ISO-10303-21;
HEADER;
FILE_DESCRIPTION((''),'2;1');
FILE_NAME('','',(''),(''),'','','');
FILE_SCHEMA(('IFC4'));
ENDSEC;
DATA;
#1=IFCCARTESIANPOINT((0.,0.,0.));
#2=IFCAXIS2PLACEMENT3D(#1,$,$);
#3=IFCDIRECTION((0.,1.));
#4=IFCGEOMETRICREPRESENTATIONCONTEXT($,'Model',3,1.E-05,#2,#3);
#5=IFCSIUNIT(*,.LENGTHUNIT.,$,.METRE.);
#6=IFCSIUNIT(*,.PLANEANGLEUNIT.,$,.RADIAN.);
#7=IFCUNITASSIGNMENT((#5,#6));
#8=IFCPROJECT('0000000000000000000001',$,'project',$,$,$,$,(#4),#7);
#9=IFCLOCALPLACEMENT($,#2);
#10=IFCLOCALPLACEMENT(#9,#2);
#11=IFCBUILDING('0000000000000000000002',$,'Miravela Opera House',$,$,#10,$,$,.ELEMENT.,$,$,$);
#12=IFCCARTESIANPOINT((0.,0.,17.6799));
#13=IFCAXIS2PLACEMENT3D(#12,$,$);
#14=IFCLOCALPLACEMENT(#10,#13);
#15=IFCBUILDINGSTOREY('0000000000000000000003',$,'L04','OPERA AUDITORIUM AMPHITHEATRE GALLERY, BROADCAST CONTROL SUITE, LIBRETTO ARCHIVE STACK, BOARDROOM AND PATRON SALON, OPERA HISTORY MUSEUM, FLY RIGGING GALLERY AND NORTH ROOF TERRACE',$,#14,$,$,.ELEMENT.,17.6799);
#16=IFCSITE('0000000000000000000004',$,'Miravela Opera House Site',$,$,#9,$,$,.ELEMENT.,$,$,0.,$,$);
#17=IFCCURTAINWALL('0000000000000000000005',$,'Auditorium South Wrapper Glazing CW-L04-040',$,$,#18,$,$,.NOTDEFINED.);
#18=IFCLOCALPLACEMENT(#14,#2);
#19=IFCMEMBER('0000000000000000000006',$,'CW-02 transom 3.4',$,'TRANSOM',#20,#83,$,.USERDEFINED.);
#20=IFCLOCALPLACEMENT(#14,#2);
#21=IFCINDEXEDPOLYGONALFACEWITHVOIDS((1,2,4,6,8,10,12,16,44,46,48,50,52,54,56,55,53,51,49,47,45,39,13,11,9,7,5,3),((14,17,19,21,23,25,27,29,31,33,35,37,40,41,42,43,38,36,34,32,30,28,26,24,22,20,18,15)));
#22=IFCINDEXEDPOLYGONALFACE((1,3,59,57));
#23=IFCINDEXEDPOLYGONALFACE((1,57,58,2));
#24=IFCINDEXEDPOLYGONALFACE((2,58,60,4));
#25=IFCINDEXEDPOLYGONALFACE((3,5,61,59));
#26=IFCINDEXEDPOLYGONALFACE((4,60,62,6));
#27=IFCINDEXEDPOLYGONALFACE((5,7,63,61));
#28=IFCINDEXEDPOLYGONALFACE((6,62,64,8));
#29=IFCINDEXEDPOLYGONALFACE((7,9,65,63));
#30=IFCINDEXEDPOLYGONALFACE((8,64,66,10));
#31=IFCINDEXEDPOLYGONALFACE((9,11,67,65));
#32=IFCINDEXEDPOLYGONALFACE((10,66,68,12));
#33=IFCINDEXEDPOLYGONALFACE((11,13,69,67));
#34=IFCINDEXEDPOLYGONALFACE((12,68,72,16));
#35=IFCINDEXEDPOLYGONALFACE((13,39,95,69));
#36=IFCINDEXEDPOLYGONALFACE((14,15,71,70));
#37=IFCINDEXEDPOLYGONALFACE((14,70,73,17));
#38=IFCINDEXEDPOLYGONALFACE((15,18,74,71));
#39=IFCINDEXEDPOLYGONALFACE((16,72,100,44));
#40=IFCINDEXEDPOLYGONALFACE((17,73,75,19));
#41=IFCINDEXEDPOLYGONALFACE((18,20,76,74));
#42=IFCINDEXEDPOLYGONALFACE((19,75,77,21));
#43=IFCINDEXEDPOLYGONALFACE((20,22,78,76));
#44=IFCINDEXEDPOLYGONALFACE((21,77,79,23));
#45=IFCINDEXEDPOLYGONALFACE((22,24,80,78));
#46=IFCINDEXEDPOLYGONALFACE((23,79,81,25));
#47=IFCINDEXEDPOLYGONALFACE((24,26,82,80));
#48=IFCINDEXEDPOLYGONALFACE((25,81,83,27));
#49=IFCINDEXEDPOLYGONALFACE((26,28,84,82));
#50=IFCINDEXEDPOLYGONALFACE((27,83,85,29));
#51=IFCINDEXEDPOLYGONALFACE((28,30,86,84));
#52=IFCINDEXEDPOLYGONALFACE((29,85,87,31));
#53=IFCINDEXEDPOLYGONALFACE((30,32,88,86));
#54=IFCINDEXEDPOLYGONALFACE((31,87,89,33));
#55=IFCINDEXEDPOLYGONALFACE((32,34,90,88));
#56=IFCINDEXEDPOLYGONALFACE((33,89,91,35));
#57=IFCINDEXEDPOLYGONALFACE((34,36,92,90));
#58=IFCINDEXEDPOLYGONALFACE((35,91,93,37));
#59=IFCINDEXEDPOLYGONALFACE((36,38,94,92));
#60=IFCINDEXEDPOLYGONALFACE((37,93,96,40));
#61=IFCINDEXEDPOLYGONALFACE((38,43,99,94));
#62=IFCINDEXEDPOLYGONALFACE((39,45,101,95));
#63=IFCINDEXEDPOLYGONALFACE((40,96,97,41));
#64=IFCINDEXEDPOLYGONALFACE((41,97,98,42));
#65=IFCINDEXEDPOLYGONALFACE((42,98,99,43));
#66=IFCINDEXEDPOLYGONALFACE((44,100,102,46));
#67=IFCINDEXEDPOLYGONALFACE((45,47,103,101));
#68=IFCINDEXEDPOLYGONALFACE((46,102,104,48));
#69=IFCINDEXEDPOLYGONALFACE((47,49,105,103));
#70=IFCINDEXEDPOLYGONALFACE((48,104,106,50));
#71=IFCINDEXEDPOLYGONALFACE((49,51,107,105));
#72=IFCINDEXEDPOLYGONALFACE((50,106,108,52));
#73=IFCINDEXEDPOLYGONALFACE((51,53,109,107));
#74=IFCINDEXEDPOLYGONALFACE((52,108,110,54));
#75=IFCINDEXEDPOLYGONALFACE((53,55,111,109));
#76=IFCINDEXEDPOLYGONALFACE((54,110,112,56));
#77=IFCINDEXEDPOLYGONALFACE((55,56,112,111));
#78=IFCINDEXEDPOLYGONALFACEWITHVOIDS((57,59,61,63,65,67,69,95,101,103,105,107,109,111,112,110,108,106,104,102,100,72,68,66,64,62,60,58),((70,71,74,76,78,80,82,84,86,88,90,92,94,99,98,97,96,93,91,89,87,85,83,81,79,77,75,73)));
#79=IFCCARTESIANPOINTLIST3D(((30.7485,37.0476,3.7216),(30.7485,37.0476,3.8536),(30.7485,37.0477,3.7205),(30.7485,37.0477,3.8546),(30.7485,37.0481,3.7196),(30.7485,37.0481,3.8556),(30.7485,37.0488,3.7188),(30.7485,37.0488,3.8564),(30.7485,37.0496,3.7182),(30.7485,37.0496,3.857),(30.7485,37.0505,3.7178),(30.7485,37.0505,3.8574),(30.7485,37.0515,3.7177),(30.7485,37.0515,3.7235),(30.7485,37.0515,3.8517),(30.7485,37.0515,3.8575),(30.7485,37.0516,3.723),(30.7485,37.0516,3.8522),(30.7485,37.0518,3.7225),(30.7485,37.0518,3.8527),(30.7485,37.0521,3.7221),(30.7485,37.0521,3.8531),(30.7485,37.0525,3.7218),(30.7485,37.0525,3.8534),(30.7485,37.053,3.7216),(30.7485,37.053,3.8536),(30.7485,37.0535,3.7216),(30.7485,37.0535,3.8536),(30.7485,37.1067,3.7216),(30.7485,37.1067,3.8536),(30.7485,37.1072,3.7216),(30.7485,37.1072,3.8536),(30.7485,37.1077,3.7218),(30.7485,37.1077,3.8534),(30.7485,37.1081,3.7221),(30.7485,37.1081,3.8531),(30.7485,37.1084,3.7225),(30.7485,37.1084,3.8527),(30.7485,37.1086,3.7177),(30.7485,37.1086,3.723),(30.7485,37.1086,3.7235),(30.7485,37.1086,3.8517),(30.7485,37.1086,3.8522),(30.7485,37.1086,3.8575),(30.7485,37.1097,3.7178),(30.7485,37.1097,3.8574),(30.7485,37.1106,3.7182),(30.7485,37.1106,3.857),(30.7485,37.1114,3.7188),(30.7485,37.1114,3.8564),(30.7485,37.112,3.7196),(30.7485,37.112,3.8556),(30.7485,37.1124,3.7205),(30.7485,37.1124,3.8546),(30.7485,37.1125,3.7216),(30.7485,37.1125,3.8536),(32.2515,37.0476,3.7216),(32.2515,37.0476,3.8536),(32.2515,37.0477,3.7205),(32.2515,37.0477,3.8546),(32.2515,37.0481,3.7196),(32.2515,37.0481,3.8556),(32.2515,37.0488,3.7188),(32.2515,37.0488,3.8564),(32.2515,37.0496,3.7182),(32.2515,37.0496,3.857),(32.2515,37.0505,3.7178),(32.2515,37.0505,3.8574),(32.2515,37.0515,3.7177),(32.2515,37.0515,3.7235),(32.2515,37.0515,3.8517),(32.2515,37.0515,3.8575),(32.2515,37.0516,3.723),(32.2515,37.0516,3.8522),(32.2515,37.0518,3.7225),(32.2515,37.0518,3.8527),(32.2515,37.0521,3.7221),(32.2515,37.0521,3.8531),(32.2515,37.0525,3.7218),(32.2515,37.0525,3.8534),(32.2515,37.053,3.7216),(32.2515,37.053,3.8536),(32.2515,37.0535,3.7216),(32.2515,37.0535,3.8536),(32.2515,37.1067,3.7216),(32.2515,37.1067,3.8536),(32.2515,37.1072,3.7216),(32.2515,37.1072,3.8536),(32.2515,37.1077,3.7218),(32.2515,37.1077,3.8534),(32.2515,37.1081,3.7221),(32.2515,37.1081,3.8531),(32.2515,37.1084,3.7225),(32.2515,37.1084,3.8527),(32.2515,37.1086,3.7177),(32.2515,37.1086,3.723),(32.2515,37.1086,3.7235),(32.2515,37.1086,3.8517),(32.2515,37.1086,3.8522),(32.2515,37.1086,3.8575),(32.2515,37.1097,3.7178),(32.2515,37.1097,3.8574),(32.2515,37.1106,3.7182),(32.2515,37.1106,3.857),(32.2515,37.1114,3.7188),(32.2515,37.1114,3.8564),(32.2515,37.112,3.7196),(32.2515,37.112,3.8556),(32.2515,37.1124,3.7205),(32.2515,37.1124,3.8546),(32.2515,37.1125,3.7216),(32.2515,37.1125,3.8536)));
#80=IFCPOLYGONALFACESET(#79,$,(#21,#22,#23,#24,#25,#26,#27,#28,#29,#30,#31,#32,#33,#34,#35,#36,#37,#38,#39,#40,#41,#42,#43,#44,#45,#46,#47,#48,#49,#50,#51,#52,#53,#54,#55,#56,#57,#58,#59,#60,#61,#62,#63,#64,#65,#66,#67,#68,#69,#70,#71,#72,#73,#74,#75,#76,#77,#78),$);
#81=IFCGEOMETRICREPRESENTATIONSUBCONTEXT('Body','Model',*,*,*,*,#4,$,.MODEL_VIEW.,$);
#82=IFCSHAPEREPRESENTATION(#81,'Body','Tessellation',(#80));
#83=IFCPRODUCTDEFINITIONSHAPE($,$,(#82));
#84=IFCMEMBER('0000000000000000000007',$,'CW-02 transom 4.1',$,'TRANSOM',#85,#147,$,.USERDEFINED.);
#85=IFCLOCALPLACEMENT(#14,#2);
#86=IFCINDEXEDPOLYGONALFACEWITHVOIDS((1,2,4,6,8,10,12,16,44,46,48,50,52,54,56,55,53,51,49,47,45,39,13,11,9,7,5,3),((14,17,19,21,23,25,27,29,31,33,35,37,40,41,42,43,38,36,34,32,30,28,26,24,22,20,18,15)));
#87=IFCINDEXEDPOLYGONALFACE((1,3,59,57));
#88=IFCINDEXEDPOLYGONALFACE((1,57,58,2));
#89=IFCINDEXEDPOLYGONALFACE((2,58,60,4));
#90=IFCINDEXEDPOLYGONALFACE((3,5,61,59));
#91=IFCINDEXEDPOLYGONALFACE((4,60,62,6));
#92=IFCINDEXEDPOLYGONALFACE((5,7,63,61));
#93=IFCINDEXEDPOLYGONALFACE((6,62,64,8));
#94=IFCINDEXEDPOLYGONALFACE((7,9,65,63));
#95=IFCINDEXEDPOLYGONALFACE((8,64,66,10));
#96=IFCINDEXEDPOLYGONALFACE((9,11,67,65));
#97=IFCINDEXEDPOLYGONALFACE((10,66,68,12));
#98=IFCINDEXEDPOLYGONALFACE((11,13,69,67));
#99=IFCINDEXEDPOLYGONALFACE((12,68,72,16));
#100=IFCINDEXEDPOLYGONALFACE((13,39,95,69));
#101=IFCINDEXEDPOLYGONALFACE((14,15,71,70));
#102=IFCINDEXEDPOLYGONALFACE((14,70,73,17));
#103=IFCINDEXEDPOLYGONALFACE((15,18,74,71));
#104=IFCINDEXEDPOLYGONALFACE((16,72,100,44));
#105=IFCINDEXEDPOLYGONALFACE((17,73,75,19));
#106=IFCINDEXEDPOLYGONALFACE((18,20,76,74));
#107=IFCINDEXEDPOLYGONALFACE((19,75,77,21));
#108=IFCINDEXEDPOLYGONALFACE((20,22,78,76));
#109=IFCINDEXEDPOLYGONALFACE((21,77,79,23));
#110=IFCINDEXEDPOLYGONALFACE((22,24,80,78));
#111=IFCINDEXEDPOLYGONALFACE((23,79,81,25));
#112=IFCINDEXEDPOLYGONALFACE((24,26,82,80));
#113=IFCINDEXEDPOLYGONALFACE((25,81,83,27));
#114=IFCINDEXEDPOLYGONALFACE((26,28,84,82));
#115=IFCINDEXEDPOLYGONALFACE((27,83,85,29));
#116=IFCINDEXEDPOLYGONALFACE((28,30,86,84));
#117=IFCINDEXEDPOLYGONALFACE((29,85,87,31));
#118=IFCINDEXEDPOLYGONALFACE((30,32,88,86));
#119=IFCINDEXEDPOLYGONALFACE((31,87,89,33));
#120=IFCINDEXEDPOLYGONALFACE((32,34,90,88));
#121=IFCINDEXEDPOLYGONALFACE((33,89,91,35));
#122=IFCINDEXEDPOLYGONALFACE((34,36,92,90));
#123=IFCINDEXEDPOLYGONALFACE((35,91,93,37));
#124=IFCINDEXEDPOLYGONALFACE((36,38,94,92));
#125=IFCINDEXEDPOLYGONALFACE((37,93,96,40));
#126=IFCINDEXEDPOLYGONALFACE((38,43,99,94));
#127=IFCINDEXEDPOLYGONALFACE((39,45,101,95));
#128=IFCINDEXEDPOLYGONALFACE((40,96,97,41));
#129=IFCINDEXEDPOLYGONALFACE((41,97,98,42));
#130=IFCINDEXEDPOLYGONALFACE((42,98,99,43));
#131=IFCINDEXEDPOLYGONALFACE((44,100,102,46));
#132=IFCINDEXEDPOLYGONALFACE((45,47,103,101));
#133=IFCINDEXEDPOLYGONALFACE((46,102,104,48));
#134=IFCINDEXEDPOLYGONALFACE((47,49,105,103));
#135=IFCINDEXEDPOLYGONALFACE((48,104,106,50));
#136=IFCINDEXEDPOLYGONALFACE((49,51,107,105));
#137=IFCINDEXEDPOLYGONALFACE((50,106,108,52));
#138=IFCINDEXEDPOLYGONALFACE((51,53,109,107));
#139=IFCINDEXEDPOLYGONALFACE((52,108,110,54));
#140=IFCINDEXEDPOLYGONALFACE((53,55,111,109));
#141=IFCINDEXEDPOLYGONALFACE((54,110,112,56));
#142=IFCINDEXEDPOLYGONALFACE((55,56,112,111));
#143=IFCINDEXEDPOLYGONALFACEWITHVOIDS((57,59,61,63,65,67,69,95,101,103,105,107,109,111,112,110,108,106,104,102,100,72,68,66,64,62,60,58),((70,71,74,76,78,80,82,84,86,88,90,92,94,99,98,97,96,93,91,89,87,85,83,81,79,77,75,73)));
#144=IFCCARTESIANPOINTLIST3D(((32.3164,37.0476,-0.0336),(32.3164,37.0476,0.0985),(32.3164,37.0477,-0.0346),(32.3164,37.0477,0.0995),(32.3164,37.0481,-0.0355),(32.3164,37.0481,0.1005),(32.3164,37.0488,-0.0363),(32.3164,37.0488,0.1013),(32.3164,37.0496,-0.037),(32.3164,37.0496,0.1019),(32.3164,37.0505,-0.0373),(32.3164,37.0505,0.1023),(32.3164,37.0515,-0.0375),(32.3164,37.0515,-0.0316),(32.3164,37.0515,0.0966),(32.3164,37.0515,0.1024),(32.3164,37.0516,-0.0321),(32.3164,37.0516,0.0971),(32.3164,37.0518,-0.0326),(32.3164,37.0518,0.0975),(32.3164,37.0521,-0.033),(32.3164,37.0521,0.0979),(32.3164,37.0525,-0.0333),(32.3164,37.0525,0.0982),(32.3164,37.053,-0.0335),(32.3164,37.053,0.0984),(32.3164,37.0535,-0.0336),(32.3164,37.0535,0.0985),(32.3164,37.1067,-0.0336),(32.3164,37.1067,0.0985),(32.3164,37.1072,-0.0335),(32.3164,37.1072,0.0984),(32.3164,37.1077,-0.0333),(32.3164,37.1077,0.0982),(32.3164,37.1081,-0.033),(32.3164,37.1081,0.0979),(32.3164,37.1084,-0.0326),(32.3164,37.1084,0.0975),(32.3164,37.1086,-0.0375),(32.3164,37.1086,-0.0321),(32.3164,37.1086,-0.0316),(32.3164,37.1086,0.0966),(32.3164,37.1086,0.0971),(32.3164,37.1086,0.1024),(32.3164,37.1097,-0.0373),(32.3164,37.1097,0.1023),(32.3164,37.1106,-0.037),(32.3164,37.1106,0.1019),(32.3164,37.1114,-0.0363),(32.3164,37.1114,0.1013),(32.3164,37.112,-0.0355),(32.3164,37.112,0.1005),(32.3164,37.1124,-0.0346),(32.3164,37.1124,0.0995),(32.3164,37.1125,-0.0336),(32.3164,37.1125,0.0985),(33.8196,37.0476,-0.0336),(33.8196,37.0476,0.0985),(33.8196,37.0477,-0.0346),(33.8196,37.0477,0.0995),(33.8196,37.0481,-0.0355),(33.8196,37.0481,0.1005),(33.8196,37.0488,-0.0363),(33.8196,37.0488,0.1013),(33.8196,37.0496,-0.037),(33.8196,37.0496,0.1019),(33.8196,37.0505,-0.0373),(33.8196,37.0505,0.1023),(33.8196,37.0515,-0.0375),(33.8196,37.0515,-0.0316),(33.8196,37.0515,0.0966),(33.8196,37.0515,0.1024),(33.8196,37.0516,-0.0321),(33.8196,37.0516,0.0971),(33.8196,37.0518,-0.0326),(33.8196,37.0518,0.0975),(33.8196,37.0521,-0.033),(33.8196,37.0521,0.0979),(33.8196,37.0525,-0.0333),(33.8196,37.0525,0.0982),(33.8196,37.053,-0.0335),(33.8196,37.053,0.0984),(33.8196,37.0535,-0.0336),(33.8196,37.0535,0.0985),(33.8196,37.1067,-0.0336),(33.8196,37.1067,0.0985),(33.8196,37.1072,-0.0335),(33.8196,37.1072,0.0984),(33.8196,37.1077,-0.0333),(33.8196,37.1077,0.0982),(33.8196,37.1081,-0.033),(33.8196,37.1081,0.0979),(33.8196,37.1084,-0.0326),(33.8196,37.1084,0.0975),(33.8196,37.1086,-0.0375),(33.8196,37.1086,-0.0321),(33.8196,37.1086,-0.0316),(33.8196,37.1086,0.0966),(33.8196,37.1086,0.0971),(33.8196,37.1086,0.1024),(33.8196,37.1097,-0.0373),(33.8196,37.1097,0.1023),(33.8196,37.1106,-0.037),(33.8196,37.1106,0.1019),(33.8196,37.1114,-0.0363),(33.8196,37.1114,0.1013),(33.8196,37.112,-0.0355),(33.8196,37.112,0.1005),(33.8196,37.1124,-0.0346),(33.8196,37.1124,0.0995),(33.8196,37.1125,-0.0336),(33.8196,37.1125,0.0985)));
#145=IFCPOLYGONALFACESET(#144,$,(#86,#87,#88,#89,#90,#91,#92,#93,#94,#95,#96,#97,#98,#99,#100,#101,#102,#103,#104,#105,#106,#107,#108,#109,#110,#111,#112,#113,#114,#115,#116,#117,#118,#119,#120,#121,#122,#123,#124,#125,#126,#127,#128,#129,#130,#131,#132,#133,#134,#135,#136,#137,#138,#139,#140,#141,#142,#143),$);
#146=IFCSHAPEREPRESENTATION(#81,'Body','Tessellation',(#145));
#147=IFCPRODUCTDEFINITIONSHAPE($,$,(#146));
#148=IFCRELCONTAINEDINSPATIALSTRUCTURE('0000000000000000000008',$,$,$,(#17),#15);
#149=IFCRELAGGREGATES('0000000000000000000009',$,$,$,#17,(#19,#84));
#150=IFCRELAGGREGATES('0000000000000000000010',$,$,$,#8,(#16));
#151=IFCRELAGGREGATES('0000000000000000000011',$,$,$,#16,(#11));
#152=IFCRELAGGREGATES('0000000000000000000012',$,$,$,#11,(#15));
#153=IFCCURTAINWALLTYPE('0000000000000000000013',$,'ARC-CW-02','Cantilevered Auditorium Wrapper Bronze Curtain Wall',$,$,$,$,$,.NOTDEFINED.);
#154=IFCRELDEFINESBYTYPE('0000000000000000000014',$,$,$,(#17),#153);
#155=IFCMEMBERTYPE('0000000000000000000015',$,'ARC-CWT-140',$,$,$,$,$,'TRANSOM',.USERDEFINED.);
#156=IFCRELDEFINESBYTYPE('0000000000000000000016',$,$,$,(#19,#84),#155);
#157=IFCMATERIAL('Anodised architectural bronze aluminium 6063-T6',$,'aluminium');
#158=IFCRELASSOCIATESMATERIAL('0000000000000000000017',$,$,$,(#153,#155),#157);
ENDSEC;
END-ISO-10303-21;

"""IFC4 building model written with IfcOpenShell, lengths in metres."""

from ifc_helpers import new_model, si_unit, direction, frame, origin, origin_2d, place, context, subcontext, project, spatial, hollow_rectangle, extrude, material, material_profile, profile_set, type_object, element, aggregate, save


model = new_model("IFC4")

# Units and contexts
model_context = context("Model", 3, precision=1e-05, world=origin(), true_north=direction((0.0, 1.0)))
body_context = subcontext(model_context, "Body", "Model", "MODEL_VIEW")
ifc_project = project(units=[si_unit("LENGTHUNIT", "METRE"), si_unit("PLANEANGLEUNIT", "RADIAN")], contexts=[model_context])

# Site, building, storey
site_placement = place(None, origin())
site = spatial("IfcSite", under=ifc_project, at=site_placement, Name="Miravela Opera House Site", CompositionType="ELEMENT", RefElevation=0.0)
building_placement = place(site_placement, origin())
building = spatial("IfcBuilding", under=site, at=building_placement, Name="Miravela Opera House", CompositionType="ELEMENT")
storey_placement = place(building_placement, frame((0.0, 0.0, 17.6799)))
storey = spatial("IfcBuildingStorey", under=building, at=storey_placement, Name="L04", Description="OPERA AUDITORIUM AMPHITHEATRE GALLERY, BROADCAST CONTROL SUITE, LIBRETTO ARCHIVE STACK, BOARDROOM AND PATRON SALON, OPERA HISTORY MUSEUM, FLY RIGGING GALLERY AND NORTH ROOF TERRACE", CompositionType="ELEMENT", Elevation=17.6799)

# Curtain wall, members
ifc_material_1 = material(Name="Anodised architectural bronze aluminium 6063-T6", Category="aluminium")
curtain_wall_type = type_object("IfcCurtainWallType", Name="ARC-CW-02", Description="Cantilevered Auditorium Wrapper Bronze Curtain Wall", PredefinedType="NOTDEFINED", material=ifc_material_1)
curtain_wall_placement = place(storey_placement, origin())
curtain_wall = element("IfcCurtainWall", 1, at=curtain_wall_placement, inside=storey, type_object=curtain_wall_type, Name="Auditorium South Wrapper Glazing CW-L04-040", PredefinedType="NOTDEFINED")
ifc_material_profile_1 = material_profile(ifc_material_1, hollow_rectangle(XDim=0.0649, YDim=0.1399, WallThickness=0.0039, InnerFilletRadius=0.002, OuterFilletRadius=0.0039, at=origin_2d()), Name="CWT-65X140")
ifc_profile_set_1 = profile_set([ifc_material_profile_1])
member_type_1 = type_object("IfcMemberType", Name="ARC-CWT-140", ElementType="TRANSOM", PredefinedType="USERDEFINED", material=ifc_profile_set_1)
member_1_placement = place(storey_placement, frame((30.7485, 37.0801, 3.7876), z_axis=(1.0, 0.0, 0.0), x_axis=(0.0, 1.0, 0.0)))
member_1 = element("IfcMember", 2, at=member_1_placement, type_object=member_type_1, Name="CW-02 transom 3.4", ObjectType="TRANSOM", PredefinedType="USERDEFINED", context=body_context, shape_type="SweptSolid", body=[
    extrude(hollow_rectangle(XDim=0.0649, YDim=0.1399, WallThickness=0.0039, InnerFilletRadius=0.002, OuterFilletRadius=0.0039, at=origin_2d()), origin(), (0.0, 0.0, 1.0), 1.5029),
])
member_2_placement = place(storey_placement, frame((32.3164, 37.0801, 0.0325), z_axis=(1.0, 0.0, 0.0), x_axis=(0.0, 1.0, 0.0)))
member_2 = element("IfcMember", 3, at=member_2_placement, type_object=member_type_1, Name="CW-02 transom 4.1", ObjectType="TRANSOM", PredefinedType="USERDEFINED", context=body_context, shape_type="SweptSolid", body=[
    extrude(hollow_rectangle(XDim=0.0649, YDim=0.1399, WallThickness=0.0039, InnerFilletRadius=0.002, OuterFilletRadius=0.0039, at=origin_2d()), origin(), (0.0, 0.0, 1.0), 1.5032),
])

aggregate(curtain_wall, [member_1, member_2])

save(model, "model.ifc")
